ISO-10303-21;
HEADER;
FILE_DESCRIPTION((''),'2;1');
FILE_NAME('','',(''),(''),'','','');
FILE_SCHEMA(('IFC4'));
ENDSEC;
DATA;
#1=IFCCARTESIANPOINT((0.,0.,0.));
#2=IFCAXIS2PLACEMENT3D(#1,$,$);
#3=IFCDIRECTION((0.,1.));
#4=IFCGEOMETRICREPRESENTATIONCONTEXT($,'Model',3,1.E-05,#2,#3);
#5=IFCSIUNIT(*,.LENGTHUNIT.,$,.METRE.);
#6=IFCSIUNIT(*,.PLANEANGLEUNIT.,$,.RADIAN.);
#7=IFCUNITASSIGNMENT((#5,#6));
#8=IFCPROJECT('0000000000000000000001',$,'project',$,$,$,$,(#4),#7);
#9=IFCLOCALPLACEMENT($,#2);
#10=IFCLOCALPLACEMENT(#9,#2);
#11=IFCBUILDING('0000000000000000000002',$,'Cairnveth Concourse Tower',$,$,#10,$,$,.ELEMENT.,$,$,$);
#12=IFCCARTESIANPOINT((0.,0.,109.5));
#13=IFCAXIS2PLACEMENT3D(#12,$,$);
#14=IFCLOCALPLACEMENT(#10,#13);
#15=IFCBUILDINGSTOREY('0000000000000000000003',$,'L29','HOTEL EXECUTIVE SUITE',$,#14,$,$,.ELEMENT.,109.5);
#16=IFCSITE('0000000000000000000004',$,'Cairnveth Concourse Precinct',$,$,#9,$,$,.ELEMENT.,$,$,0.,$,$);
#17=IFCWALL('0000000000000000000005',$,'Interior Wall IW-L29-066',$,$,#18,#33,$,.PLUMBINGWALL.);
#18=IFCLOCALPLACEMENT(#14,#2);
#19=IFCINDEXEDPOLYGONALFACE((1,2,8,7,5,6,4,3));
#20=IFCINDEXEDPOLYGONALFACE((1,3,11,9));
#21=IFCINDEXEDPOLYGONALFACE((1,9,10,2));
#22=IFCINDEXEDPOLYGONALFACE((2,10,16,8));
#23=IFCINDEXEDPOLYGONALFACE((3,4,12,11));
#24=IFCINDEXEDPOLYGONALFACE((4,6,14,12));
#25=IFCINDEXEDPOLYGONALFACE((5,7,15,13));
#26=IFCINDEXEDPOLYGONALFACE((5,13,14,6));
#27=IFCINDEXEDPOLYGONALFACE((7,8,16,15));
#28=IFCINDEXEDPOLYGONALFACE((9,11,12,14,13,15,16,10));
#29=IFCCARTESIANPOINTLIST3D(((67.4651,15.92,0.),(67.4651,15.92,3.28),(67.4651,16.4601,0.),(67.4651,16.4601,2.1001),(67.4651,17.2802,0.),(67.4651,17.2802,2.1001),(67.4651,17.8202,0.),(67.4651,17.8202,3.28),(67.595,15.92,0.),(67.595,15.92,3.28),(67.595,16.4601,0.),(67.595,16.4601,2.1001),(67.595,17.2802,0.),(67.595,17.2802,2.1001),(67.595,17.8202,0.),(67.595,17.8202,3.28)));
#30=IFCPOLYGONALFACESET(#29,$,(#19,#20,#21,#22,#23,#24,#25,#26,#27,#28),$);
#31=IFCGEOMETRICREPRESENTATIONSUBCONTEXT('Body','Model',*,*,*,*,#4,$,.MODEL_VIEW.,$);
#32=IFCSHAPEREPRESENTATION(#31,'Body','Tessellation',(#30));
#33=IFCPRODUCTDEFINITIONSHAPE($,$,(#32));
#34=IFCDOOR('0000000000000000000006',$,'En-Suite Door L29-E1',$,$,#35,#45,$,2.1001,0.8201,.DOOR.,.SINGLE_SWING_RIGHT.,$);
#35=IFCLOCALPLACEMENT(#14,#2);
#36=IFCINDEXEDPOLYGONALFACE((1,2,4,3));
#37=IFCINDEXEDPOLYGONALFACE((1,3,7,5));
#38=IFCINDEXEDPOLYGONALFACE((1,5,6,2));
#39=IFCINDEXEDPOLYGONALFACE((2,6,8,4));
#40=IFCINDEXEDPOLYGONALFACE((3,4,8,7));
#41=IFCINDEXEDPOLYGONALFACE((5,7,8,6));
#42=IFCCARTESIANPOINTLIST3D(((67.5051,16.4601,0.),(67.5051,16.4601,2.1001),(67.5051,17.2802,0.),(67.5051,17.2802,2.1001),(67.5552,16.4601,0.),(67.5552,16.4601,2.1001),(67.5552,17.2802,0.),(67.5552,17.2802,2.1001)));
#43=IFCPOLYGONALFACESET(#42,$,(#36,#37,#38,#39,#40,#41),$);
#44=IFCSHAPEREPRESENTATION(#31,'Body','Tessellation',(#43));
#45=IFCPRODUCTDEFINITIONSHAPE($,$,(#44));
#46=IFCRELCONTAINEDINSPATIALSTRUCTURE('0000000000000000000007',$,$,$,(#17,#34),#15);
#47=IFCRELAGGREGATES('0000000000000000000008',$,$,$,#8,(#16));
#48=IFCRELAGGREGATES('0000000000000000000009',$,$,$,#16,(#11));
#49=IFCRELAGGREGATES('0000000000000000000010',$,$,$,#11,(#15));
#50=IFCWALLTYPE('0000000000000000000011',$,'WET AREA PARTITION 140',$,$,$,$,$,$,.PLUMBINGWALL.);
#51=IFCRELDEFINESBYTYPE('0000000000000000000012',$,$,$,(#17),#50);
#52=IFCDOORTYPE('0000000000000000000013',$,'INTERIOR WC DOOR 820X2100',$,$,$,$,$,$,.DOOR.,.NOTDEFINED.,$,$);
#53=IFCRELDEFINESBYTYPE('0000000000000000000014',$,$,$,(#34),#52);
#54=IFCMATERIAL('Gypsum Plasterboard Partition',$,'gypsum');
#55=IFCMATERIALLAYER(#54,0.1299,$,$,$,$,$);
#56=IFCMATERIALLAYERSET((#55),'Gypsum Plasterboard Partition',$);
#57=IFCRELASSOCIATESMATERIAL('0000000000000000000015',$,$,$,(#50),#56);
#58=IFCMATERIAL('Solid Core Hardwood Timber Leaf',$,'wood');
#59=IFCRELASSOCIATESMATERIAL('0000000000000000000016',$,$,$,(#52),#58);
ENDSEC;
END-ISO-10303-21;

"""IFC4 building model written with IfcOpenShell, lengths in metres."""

from ifc_helpers import new_model, si_unit, direction, frame, frame_2d, origin, place, context, subcontext, project, spatial, rectangle, extrude, material, layer, layer_set, type_object, element, fill, save


model = new_model("IFC4")

# Units and contexts
model_context = context("Model", 3, precision=1e-05, world=origin(), true_north=direction((0.0, 1.0)))
body_context = subcontext(model_context, "Body", "Model", "MODEL_VIEW")
ifc_project = project(units=[si_unit("LENGTHUNIT", "METRE"), si_unit("PLANEANGLEUNIT", "RADIAN")], contexts=[model_context])

# Site, building, storey
site_placement = place(None, origin())
site = spatial("IfcSite", under=ifc_project, at=site_placement, Name="Cairnveth Concourse Precinct", CompositionType="ELEMENT", RefElevation=0.0)
building_placement = place(site_placement, origin())
building = spatial("IfcBuilding", under=site, at=building_placement, Name="Cairnveth Concourse Tower", CompositionType="ELEMENT")
storey_placement = place(building_placement, frame((0.0, 0.0, 109.5)))
storey = spatial("IfcBuildingStorey", under=building, at=storey_placement, Name="L29", Description="HOTEL EXECUTIVE SUITE", CompositionType="ELEMENT", Elevation=109.5)

# Shared definitions
ifc_material_1 = material(Name="Gypsum Plasterboard Partition", Category="gypsum")
ifc_material_2 = material(Name="Solid Core Hardwood Timber Leaf", Category="wood")

# Shared definitions
ifc_layer_1 = layer(ifc_material_1, 0.1299)
ifc_layer_set_1 = layer_set([ifc_layer_1], Name="Gypsum Plasterboard Partition")
wall_type_1 = type_object("IfcWallType", Name="WET AREA PARTITION 140", PredefinedType="PLUMBINGWALL", material=ifc_layer_set_1)

# Wall, opening, door
wall_1_placement = place(storey_placement, frame((67.53, 15.9199, 0.0), z_axis=(0.0, 0.0, 1.0), x_axis=(0.0, 1.0, 0.0)))
wall_1 = element("IfcWall", 1, at=wall_1_placement, inside=storey, type_object=wall_type_1, Name="Interior Wall IW-L29-066", PredefinedType="PLUMBINGWALL", context=body_context, shape_type="SweptSolid", body=[
    extrude(rectangle(XDim=1.9001, YDim=0.1299, at=frame_2d((0.9502, 0.0))), origin(), (0.0, 0.0, 1.0), 3.28),
])
opening_1_placement = place(wall_1_placement, frame((0.54, 0.0, 0.0)))
opening_1 = element("IfcOpeningElement", 2, at=opening_1_placement, cuts=wall_1, PredefinedType="OPENING", context=body_context, shape_type="SweptSolid", body=[
    extrude(rectangle(XDim=0.8201, YDim=2.1001, at=frame_2d((0.4102, 1.05))), frame((0.0, 0.075, 0.0), z_axis=(0.0, -1.0, 0.0), x_axis=(1.0, 0.0, 0.0)), (0.0, 0.0, 1.0), 0.1499),
])
door_type_1 = type_object("IfcDoorType", Name="INTERIOR WC DOOR 820X2100", OperationType="NOTDEFINED", PredefinedType="DOOR", material=ifc_material_2)
door_1_placement = place(opening_1_placement, origin())
door_1 = element("IfcDoor", 3, at=door_1_placement, inside=storey, type_object=door_type_1, Name="En-Suite Door L29-E1", OperationType="SINGLE_SWING_RIGHT", OverallHeight=2.1001, OverallWidth=0.8201, PredefinedType="DOOR", context=body_context, shape_type="SweptSolid", body=[
    extrude(rectangle(XDim=0.8201, YDim=2.1001, at=frame_2d((0.4102, 1.05))), frame((0.0, 0.0249, 0.0), z_axis=(0.0, -1.0, 0.0), x_axis=(1.0, 0.0, 0.0)), (0.0, 0.0, 1.0), 0.05),
])
fill(opening_1, door_1)

save(model, "model.ifc")
